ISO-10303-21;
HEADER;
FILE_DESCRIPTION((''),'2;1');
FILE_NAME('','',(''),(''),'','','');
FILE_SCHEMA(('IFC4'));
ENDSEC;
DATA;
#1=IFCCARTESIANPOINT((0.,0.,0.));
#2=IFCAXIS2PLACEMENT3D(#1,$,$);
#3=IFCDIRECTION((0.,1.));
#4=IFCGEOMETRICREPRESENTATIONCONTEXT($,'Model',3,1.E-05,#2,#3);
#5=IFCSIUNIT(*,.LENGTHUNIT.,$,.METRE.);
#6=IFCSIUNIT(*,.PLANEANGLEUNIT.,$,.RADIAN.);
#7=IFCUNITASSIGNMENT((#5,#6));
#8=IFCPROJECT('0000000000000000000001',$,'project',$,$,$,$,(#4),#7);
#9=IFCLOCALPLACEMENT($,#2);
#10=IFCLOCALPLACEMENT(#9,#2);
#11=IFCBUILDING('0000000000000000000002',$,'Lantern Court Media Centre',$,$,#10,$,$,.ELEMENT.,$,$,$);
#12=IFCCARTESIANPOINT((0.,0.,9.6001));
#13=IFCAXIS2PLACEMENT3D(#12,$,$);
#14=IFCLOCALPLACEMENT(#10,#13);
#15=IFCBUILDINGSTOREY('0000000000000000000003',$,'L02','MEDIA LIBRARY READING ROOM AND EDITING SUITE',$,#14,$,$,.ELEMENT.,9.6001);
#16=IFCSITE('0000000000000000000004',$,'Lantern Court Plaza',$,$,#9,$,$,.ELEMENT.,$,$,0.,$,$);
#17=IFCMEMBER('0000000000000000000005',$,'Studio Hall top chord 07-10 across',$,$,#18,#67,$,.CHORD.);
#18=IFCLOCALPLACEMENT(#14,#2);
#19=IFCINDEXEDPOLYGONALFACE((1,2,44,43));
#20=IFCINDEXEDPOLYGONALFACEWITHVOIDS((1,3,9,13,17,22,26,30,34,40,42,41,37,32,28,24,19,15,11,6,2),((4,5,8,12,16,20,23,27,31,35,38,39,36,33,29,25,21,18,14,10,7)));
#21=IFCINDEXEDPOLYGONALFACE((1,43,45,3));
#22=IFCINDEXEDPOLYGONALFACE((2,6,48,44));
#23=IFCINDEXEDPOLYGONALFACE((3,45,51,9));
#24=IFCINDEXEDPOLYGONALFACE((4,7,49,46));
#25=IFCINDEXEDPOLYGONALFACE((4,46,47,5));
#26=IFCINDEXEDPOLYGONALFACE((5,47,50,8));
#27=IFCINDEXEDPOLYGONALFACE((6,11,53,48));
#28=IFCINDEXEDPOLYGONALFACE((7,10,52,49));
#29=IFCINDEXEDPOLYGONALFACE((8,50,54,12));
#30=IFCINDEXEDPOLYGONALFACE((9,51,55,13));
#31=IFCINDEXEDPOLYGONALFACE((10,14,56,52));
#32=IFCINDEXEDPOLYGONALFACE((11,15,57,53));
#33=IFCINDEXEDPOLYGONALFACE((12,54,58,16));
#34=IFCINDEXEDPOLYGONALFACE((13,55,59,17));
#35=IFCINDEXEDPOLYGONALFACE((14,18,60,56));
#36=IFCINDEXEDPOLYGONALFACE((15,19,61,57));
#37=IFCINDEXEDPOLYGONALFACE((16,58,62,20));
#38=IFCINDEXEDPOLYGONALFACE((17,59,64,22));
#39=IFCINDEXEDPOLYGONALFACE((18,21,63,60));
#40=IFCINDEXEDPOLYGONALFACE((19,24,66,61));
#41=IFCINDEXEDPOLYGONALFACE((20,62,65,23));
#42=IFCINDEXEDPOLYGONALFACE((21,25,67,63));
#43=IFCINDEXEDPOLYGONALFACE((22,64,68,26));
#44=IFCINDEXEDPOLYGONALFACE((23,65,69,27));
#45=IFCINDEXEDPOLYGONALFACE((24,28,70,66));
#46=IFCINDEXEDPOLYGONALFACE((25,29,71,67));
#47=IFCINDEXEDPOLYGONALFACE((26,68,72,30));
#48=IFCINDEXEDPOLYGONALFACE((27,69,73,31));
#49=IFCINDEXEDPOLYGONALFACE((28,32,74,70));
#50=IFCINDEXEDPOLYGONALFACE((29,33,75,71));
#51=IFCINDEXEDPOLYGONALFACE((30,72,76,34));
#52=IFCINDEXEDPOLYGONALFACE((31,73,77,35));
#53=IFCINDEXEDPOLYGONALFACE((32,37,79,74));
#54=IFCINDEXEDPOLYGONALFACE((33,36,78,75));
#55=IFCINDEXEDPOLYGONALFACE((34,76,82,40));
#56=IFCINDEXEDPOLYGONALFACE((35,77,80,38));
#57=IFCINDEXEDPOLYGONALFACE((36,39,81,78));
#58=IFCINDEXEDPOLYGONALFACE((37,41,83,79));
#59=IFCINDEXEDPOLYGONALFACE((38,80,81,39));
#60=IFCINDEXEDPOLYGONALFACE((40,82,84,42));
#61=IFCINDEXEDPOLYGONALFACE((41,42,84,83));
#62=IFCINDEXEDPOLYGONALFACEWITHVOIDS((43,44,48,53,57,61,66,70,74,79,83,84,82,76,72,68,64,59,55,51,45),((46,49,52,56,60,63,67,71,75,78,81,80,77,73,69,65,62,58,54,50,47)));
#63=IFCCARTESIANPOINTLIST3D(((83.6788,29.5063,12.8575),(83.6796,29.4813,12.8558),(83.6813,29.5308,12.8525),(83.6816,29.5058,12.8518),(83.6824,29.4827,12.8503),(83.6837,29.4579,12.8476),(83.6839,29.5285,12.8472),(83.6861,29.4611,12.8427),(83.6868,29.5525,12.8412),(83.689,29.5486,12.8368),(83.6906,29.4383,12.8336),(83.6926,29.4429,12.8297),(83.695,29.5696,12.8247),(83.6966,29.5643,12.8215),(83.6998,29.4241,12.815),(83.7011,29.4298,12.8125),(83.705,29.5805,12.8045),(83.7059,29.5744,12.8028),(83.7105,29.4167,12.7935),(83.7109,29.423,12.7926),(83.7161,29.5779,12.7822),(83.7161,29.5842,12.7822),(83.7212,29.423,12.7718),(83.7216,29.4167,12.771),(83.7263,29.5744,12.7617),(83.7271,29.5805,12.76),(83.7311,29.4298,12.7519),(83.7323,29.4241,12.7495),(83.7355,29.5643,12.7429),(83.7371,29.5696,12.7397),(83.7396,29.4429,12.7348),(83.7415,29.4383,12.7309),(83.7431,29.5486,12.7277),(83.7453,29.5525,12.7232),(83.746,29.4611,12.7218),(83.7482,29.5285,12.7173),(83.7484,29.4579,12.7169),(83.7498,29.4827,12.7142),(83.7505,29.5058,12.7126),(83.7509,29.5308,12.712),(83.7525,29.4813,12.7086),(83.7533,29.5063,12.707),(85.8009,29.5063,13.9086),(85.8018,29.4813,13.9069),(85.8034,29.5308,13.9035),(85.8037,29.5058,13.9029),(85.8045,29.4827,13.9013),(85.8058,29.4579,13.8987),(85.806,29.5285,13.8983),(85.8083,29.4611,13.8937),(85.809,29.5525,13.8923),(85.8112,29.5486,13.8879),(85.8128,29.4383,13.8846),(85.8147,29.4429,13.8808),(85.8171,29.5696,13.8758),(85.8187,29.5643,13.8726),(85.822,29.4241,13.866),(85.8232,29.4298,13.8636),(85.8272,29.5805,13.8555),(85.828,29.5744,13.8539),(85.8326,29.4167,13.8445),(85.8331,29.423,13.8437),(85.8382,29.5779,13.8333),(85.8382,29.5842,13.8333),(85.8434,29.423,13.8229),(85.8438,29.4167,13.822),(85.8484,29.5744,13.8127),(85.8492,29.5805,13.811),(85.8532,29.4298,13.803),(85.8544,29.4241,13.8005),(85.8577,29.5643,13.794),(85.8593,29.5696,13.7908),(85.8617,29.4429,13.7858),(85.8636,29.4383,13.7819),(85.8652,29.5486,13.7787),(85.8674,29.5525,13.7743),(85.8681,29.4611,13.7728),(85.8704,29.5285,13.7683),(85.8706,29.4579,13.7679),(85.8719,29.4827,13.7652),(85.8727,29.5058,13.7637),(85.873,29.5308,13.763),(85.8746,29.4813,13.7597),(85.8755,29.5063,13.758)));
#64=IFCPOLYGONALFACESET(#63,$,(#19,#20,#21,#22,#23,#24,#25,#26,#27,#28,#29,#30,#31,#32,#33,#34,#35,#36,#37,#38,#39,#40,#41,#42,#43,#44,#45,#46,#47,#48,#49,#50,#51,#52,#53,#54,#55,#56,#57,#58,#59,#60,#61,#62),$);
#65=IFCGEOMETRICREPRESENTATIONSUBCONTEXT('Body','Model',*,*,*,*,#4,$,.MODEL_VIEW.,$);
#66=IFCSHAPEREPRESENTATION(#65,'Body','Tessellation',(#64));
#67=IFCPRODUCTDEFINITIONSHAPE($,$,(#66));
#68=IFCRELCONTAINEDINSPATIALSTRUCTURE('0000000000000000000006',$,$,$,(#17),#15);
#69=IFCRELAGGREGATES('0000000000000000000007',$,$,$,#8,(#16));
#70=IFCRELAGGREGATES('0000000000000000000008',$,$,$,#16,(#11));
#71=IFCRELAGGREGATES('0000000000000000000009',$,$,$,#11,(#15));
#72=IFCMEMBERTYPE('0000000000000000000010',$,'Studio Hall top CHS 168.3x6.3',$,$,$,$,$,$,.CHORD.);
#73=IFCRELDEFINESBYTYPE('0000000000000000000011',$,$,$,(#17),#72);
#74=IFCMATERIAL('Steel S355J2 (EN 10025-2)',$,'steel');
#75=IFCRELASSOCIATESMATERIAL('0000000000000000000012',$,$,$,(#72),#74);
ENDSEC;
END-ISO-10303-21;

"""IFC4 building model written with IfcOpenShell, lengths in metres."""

from ifc_helpers import new_model, si_unit, direction, frame, origin, origin_2d, place, context, subcontext, project, spatial, hollow_circle, extrude, material, material_profile, profile_set, type_object, element, save


model = new_model("IFC4")

# Units and contexts
model_context = context("Model", 3, precision=1e-05, world=origin(), true_north=direction((0.0, 1.0)))
body_context = subcontext(model_context, "Body", "Model", "MODEL_VIEW")
ifc_project = project(units=[si_unit("LENGTHUNIT", "METRE"), si_unit("PLANEANGLEUNIT", "RADIAN")], contexts=[model_context])

# Site, building, storey
site_placement = place(None, origin())
site = spatial("IfcSite", under=ifc_project, at=site_placement, Name="Lantern Court Plaza", CompositionType="ELEMENT", RefElevation=0.0)
building_placement = place(site_placement, origin())
building = spatial("IfcBuilding", under=site, at=building_placement, Name="Lantern Court Media Centre", CompositionType="ELEMENT")
storey_placement = place(building_placement, frame((0.0, 0.0, 9.6001)))
storey = spatial("IfcBuildingStorey", under=building, at=storey_placement, Name="L02", Description="MEDIA LIBRARY READING ROOM AND EDITING SUITE", CompositionType="ELEMENT", Elevation=9.6001)

# Member
ifc_material = material(Name="Steel S355J2 (EN 10025-2)", Category="steel")
ifc_material_profile_1 = material_profile(ifc_material, hollow_circle(Radius=0.0842, WallThickness=0.0063, at=origin_2d()), Name="Studio Hall top CHS 168.3x6.3")
ifc_profile_set_1 = profile_set([ifc_material_profile_1], Name="Steel S355J2 (EN 10025-2)")
member_type_1 = type_object("IfcMemberType", Name="Studio Hall top CHS 168.3x6.3", PredefinedType="CHORD", material=ifc_profile_set_1)
member_1_placement = place(storey_placement, frame((83.7161, 29.5, 12.7822), z_axis=(0.896112, 0.0, 0.443829), x_axis=(0.0, 1.0, 0.0)))
element("IfcMember", 1, at=member_1_placement, inside=storey, type_object=member_type_1, Name="Studio Hall top chord 07-10 across", PredefinedType="CHORD", context=body_context, shape_type="SweptSolid", body=[
    extrude(hollow_circle(Radius=0.0842, WallThickness=0.0063, at=origin_2d()), origin(), (0.0, 0.0, 1.0), 2.3682),
])

save(model, "model.ifc")
